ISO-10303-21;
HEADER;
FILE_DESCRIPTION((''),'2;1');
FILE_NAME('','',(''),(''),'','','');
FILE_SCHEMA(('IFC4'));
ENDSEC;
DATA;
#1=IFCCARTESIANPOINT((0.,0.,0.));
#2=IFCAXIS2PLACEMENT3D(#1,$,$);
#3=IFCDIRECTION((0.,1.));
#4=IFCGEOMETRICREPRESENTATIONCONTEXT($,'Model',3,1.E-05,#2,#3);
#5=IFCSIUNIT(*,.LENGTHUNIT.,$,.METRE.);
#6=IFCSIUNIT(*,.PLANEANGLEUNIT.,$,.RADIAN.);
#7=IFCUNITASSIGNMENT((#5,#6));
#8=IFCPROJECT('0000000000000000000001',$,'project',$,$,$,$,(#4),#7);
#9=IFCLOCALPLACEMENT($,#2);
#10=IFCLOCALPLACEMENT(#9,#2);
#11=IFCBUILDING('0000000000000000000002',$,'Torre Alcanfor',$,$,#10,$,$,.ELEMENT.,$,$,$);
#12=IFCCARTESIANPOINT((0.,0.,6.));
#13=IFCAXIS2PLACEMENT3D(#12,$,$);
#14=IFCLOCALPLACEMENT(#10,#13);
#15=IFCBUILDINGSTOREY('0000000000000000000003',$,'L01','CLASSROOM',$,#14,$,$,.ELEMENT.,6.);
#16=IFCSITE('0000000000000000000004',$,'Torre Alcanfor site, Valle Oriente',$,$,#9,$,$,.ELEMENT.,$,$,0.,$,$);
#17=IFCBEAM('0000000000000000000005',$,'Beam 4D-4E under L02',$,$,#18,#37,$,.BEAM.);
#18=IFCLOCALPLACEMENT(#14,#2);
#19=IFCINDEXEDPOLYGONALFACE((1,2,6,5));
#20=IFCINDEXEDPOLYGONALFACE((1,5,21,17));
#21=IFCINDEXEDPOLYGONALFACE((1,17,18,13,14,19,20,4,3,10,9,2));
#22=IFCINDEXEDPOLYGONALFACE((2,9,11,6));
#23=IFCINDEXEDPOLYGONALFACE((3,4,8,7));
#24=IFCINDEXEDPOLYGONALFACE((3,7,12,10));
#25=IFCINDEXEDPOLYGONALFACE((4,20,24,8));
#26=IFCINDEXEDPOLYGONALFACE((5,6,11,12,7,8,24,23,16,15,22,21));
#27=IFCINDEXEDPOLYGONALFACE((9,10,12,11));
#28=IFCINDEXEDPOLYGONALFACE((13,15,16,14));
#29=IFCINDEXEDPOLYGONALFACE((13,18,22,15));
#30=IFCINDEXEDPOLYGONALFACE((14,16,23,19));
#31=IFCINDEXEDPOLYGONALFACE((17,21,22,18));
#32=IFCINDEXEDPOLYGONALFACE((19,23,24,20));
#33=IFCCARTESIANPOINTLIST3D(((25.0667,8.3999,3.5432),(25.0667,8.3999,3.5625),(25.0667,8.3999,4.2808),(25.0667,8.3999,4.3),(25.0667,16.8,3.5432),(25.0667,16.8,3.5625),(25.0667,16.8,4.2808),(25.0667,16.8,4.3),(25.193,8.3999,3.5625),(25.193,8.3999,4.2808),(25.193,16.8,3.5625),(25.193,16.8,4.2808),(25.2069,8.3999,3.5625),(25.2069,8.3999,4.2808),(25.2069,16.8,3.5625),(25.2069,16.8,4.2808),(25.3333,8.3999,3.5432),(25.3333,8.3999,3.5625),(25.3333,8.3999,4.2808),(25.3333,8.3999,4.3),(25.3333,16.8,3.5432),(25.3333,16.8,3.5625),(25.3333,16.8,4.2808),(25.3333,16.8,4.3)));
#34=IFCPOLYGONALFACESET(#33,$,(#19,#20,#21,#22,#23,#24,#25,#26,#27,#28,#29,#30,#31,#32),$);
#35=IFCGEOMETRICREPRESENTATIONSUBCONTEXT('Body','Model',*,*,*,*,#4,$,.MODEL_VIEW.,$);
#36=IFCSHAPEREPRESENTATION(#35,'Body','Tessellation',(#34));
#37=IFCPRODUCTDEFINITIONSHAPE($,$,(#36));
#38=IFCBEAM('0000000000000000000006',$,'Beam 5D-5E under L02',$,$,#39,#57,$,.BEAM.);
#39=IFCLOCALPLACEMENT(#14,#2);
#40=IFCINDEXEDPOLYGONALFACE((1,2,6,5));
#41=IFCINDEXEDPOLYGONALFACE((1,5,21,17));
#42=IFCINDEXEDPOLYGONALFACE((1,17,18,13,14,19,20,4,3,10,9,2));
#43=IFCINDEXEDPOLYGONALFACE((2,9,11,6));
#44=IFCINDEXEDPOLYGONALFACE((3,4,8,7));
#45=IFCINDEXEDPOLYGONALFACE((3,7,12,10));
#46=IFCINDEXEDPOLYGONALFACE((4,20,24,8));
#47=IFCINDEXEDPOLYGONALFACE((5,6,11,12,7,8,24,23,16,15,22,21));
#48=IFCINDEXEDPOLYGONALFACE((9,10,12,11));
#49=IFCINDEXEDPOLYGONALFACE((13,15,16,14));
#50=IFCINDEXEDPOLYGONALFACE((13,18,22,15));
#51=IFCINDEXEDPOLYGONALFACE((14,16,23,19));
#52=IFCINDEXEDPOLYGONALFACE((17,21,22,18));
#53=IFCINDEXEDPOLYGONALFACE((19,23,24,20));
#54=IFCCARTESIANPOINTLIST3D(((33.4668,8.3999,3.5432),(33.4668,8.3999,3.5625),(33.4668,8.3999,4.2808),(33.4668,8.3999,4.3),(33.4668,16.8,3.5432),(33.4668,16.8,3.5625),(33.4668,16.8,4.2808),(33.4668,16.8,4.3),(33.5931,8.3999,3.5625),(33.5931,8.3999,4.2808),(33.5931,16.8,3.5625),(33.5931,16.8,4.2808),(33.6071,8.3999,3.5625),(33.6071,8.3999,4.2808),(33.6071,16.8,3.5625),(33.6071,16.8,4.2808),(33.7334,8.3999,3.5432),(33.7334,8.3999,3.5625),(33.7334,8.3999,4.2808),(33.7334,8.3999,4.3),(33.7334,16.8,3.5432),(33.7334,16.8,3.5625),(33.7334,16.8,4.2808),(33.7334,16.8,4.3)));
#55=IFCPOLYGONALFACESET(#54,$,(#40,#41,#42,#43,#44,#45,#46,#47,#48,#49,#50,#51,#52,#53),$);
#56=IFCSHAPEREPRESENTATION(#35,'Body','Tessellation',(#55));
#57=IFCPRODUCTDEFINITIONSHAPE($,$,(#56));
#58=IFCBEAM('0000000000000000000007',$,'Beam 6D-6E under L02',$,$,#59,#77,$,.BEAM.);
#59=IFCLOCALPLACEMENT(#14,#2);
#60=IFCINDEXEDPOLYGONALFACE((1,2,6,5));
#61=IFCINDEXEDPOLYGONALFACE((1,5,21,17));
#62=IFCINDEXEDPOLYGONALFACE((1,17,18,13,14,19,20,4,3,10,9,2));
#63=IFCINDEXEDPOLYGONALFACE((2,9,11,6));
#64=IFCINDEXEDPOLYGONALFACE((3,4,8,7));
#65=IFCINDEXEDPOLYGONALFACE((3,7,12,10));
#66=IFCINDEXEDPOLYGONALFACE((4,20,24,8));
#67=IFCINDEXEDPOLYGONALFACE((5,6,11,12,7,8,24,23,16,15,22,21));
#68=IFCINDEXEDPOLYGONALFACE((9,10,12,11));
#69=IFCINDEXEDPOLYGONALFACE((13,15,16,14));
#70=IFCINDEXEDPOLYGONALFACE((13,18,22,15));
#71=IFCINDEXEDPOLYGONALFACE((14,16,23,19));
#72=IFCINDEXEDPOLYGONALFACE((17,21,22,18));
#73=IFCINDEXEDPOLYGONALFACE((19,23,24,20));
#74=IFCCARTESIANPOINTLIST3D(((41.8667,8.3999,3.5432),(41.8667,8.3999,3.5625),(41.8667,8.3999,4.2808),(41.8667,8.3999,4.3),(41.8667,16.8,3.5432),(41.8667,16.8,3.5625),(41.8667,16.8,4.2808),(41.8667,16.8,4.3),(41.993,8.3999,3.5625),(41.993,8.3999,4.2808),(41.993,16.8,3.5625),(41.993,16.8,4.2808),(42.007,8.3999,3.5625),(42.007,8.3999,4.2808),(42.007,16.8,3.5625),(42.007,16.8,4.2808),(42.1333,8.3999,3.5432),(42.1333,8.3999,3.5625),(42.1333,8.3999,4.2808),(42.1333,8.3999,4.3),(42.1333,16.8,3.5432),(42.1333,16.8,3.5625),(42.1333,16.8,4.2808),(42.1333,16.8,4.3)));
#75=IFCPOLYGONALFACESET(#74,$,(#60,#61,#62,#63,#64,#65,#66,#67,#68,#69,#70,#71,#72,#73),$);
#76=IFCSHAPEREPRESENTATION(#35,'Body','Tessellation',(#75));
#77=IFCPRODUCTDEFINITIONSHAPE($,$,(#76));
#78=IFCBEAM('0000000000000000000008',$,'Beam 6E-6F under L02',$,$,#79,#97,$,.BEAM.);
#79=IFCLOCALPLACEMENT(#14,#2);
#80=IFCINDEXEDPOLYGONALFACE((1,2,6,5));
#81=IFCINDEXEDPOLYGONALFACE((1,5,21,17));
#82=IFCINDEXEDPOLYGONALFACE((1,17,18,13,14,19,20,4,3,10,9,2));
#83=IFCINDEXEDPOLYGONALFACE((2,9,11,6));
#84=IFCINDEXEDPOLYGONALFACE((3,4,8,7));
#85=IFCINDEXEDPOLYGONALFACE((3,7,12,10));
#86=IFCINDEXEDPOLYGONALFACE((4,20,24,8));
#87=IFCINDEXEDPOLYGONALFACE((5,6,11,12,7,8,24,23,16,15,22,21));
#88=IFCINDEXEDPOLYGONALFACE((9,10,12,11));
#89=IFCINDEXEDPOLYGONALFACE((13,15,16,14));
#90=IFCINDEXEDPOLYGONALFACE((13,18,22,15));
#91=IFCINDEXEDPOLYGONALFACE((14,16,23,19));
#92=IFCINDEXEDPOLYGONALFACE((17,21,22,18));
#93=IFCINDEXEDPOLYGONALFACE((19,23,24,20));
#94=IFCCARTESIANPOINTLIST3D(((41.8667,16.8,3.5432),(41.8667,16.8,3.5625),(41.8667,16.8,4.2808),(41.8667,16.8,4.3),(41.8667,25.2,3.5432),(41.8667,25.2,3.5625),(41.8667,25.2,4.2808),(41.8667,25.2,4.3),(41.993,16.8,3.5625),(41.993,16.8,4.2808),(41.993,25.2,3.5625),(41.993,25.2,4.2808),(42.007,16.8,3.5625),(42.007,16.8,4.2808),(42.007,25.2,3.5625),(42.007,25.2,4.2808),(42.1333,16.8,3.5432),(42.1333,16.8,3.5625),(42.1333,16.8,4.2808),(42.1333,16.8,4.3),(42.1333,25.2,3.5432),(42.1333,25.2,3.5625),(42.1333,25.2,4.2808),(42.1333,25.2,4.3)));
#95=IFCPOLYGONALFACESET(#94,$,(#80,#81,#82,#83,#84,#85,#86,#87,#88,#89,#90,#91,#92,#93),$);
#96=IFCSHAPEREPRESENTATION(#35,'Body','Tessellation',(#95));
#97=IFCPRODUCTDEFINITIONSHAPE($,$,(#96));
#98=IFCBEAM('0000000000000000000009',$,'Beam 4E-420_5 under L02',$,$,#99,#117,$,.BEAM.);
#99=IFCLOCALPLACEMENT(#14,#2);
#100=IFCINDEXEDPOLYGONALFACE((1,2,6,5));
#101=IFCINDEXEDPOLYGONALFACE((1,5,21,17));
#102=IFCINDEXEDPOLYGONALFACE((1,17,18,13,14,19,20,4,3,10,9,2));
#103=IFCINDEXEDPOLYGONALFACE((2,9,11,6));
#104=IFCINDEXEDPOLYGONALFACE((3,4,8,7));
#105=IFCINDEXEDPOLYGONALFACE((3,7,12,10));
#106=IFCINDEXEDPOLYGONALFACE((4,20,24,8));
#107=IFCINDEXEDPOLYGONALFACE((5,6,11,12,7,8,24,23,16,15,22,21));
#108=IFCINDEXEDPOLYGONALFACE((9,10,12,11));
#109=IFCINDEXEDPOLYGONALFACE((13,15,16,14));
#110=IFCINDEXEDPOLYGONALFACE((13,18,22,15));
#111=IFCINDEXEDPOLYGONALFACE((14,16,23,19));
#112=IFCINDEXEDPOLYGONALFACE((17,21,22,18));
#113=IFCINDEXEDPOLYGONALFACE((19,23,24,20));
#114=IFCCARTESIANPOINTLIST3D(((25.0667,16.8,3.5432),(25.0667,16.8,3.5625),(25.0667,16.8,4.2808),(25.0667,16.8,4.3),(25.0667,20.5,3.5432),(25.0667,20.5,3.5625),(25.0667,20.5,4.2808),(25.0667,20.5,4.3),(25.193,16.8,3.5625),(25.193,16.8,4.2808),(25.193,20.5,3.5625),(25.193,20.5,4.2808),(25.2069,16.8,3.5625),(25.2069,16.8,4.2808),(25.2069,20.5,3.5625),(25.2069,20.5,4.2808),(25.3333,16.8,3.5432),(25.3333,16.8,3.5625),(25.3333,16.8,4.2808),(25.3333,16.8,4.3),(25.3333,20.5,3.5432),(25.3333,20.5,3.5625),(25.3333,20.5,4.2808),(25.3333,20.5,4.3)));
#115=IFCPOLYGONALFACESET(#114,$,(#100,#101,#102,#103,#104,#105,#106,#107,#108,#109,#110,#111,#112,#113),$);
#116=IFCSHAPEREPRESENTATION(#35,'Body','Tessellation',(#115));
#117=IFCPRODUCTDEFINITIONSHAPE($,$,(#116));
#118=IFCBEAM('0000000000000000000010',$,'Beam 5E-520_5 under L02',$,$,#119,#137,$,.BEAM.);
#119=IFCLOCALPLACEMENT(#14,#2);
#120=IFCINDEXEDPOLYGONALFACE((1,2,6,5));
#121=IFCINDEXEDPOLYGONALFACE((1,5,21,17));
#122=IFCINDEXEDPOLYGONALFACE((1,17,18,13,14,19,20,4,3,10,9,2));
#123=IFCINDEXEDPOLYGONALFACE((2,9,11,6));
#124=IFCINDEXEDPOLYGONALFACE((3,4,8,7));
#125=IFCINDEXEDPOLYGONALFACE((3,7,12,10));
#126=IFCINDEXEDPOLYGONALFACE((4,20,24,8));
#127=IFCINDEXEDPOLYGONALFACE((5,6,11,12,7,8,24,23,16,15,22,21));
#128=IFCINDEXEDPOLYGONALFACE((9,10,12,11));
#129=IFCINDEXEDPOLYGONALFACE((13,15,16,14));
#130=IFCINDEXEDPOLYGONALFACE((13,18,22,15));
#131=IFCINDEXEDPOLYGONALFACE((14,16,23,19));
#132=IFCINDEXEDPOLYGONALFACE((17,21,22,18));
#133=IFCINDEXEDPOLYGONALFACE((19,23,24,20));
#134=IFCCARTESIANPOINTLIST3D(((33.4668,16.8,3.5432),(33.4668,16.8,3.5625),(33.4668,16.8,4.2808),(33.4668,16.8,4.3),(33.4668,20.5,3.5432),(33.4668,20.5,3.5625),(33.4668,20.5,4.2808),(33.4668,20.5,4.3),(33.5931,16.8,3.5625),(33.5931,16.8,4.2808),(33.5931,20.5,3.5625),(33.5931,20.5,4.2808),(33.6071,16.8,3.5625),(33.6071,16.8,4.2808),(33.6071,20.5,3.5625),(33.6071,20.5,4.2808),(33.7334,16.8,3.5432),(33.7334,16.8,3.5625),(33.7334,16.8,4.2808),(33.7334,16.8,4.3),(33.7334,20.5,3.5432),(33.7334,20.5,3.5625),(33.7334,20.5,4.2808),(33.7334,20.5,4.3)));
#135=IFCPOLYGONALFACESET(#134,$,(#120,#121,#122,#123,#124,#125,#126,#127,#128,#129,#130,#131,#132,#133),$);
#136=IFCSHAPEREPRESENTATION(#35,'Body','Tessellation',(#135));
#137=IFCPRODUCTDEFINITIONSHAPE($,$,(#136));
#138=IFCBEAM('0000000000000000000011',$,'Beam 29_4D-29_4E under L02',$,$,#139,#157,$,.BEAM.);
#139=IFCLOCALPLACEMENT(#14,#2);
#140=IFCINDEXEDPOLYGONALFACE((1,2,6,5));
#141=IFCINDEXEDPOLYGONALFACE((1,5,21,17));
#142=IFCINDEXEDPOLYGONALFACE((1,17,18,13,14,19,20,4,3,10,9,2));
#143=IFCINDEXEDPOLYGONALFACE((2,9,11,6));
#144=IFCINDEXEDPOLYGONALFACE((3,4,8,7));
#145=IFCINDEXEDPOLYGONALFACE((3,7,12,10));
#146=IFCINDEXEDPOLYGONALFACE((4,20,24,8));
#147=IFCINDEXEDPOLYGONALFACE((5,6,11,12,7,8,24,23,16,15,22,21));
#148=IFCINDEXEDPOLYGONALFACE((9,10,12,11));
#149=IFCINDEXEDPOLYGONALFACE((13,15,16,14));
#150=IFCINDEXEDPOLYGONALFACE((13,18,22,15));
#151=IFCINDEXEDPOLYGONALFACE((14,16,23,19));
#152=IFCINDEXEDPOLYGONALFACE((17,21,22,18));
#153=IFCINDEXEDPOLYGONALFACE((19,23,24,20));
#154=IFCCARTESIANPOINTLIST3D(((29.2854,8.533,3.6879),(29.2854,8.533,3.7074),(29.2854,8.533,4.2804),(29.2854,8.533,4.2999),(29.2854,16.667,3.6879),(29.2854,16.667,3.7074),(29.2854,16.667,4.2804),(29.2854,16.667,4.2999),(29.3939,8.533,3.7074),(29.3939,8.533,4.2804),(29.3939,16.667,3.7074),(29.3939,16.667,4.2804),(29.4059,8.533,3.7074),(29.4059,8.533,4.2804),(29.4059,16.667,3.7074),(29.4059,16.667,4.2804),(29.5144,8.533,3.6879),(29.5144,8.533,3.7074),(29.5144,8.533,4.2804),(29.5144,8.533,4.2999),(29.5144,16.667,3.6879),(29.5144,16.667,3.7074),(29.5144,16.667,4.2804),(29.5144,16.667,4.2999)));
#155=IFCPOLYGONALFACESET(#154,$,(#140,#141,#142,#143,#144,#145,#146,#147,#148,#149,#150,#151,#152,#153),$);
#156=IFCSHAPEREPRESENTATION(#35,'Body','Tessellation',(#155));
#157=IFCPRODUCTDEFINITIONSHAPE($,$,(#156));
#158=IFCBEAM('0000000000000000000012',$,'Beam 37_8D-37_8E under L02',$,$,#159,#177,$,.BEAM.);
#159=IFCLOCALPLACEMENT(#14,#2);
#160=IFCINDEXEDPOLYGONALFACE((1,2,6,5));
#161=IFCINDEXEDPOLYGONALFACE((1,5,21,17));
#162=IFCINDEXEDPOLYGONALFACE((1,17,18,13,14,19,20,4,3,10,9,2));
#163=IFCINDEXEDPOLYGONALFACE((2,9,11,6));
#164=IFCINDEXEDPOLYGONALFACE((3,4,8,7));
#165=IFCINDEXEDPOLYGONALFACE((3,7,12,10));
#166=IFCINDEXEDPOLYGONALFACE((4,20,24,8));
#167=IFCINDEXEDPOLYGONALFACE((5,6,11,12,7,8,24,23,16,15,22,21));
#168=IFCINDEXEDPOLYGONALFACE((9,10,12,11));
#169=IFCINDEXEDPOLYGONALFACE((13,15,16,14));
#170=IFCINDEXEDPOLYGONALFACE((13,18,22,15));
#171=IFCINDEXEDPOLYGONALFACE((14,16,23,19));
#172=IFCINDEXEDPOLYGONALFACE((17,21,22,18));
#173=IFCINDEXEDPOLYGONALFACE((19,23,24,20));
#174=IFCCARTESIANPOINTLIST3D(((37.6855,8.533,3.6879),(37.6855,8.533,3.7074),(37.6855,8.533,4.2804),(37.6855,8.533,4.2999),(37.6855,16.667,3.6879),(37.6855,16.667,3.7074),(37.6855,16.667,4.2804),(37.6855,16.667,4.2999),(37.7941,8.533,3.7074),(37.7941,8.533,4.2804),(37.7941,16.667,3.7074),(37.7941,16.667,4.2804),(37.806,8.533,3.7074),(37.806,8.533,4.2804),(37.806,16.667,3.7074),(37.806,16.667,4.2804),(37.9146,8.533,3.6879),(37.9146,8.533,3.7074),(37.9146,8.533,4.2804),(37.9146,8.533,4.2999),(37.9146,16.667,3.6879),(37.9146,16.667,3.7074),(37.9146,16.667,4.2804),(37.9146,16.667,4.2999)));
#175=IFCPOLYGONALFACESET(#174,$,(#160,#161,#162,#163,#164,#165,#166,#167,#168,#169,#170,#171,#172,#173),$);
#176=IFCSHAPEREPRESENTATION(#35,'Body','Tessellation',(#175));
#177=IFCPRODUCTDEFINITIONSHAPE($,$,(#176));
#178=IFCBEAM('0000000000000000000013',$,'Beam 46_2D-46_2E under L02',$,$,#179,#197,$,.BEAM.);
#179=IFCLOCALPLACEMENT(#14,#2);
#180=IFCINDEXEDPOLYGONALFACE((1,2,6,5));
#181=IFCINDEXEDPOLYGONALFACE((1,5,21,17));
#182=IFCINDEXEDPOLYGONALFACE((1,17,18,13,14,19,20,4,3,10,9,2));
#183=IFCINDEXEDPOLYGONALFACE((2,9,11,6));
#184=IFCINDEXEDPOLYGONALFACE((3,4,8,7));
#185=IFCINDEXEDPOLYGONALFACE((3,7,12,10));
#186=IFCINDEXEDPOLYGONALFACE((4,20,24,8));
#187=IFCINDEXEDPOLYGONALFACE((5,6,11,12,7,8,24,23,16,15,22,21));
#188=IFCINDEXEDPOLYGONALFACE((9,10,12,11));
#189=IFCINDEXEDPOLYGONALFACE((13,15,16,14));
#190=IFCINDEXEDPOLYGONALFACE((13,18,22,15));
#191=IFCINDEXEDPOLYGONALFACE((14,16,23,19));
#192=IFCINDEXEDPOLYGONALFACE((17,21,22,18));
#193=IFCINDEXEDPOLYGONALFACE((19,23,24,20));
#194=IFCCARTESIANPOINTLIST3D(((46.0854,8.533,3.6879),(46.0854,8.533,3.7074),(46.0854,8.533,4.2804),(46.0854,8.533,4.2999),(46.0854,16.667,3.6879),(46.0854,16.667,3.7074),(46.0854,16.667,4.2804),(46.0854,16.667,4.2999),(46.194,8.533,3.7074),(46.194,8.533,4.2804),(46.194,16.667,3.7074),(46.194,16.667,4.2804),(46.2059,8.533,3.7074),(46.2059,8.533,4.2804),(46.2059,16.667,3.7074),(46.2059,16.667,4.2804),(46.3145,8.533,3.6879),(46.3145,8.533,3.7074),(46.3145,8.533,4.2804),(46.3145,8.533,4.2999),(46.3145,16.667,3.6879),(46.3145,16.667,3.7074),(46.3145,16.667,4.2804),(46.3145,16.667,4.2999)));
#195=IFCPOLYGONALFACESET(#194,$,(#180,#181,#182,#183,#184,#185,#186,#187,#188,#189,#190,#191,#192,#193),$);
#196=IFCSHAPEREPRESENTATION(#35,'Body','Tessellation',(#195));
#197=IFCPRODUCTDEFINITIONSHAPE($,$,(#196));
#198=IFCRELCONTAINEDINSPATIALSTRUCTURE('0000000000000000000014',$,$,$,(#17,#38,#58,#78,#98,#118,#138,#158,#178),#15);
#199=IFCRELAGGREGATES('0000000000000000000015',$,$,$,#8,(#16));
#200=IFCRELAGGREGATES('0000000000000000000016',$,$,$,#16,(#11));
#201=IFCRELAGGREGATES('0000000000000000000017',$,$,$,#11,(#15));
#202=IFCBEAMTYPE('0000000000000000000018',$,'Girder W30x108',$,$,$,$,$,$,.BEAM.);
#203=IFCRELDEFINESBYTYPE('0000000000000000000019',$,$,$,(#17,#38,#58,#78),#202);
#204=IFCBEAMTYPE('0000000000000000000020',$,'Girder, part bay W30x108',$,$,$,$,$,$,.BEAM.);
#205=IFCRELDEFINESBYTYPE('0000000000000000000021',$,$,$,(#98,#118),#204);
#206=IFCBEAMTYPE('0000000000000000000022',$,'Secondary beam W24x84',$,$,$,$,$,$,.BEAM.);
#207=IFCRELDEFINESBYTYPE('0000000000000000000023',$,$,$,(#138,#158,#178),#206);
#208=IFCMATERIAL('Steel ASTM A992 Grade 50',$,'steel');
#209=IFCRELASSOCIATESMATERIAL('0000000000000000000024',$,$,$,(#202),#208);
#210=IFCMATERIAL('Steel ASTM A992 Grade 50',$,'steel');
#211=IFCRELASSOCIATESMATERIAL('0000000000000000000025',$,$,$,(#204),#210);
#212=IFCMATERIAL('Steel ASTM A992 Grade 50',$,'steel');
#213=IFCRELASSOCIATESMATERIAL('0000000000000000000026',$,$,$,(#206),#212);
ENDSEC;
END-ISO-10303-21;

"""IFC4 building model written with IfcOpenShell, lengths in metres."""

from ifc_helpers import new_model, si_unit, direction, frame, origin, origin_2d, place, context, subcontext, project, spatial, i_section, extrude, material, material_profile, profile_set, type_object, element, save


model = new_model("IFC4")

# Units and contexts
model_context = context("Model", 3, precision=1e-05, world=origin(), true_north=direction((0.0, 1.0)))
body_context = subcontext(model_context, "Body", "Model", "MODEL_VIEW")
ifc_project = project(units=[si_unit("LENGTHUNIT", "METRE"), si_unit("PLANEANGLEUNIT", "RADIAN")], contexts=[model_context])

# Site, building, storey
site_placement = place(None, origin())
site = spatial("IfcSite", under=ifc_project, at=site_placement, Name="Torre Alcanfor site, Valle Oriente", CompositionType="ELEMENT", RefElevation=0.0)
building_placement = place(site_placement, origin())
building = spatial("IfcBuilding", under=site, at=building_placement, Name="Torre Alcanfor", CompositionType="ELEMENT")
storey_placement = place(building_placement, frame((0.0, 0.0, 6.0)))
storey = spatial("IfcBuildingStorey", under=building, at=storey_placement, Name="L01", Description="CLASSROOM", CompositionType="ELEMENT", Elevation=6.0)

# Beams
ifc_material_1 = material(Name="Steel ASTM A992 Grade 50", Category="steel")
ifc_material_profile_1 = material_profile(ifc_material_1, i_section(OverallWidth=0.2666, OverallDepth=0.7568, WebThickness=0.0139, FlangeThickness=0.0193, at=origin_2d()), Name="W30x108")
ifc_profile_set_1 = profile_set([ifc_material_profile_1], Name="Steel ASTM A992 Grade 50")
beam_type_1 = type_object("IfcBeamType", Name="Girder W30x108", PredefinedType="BEAM", material=ifc_profile_set_1)
for number, where, z_axis, x_axis, name in (
    (1, (25.2, 8.3999, 3.9216), (0.0, 1.0, 0.0), (-1.0, 0.0, 0.0), "Beam 4D-4E under L02"),
    (2, (33.6001, 8.3999, 3.9216), (0.0, 1.0, 0.0), (-1.0, 0.0, 0.0), "Beam 5D-5E under L02"),
    (3, (42.0, 8.3999, 3.9216), (0.0, 1.0, 0.0), (-1.0, 0.0, 0.0), "Beam 6D-6E under L02"),
):
    element("IfcBeam", number, at=place(storey_placement, frame(where, z_axis=z_axis, x_axis=x_axis)), inside=storey, type_object=beam_type_1, Name=name, PredefinedType="BEAM", context=body_context, shape_type="SweptSolid", body=[
        extrude(i_section(OverallWidth=0.2666, OverallDepth=0.7568, WebThickness=0.0139, FlangeThickness=0.0193, at=origin_2d()), origin(), (0.0, 0.0, 1.0), 8.4001),
    ])
beam_1_placement = place(storey_placement, frame((42.0, 16.8, 3.9216), z_axis=(0.0, 1.0, 0.0), x_axis=(-1.0, 0.0, 0.0)))
element("IfcBeam", 4, at=beam_1_placement, inside=storey, type_object=beam_type_1, Name="Beam 6E-6F under L02", PredefinedType="BEAM", context=body_context, shape_type="SweptSolid", body=[
    extrude(i_section(OverallWidth=0.2666, OverallDepth=0.7568, WebThickness=0.0139, FlangeThickness=0.0193, at=origin_2d()), origin(), (0.0, 0.0, 1.0), 8.3999),
])
ifc_material_2 = material(Name="Steel ASTM A992 Grade 50", Category="steel")
ifc_material_profile_2 = material_profile(ifc_material_2, i_section(OverallWidth=0.2666, OverallDepth=0.7568, WebThickness=0.0139, FlangeThickness=0.0193, at=origin_2d()), Name="W30x108")
ifc_profile_set_2 = profile_set([ifc_material_profile_2], Name="Steel ASTM A992 Grade 50")
beam_type_2 = type_object("IfcBeamType", Name="Girder, part bay W30x108", PredefinedType="BEAM", material=ifc_profile_set_2)
for number, where, z_axis, x_axis, name in (
    (5, (25.2, 16.8, 3.9216), (0.0, 1.0, 0.0), (-1.0, 0.0, 0.0), "Beam 4E-420_5 under L02"),
    (6, (33.6001, 16.8, 3.9216), (0.0, 1.0, 0.0), (-1.0, 0.0, 0.0), "Beam 5E-520_5 under L02"),
):
    element("IfcBeam", number, at=place(storey_placement, frame(where, z_axis=z_axis, x_axis=x_axis)), inside=storey, type_object=beam_type_2, Name=name, PredefinedType="BEAM", context=body_context, shape_type="SweptSolid", body=[
        extrude(i_section(OverallWidth=0.2666, OverallDepth=0.7568, WebThickness=0.0139, FlangeThickness=0.0193, at=origin_2d()), origin(), (0.0, 0.0, 1.0), 3.7),
    ])
ifc_material_3 = material(Name="Steel ASTM A992 Grade 50", Category="steel")
ifc_material_profile_3 = material_profile(ifc_material_3, i_section(OverallWidth=0.229, OverallDepth=0.6121, WebThickness=0.012, FlangeThickness=0.0195, at=origin_2d()), Name="W24x84")
ifc_profile_set_3 = profile_set([ifc_material_profile_3], Name="Steel ASTM A992 Grade 50")
beam_type_3 = type_object("IfcBeamType", Name="Secondary beam W24x84", PredefinedType="BEAM", material=ifc_profile_set_3)
for number, where, z_axis, x_axis, name in (
    (7, (29.3999, 8.533, 3.9939), (0.0, 1.0, 0.0), (-1.0, 0.0, 0.0), "Beam 29_4D-29_4E under L02"),
    (8, (37.8, 8.533, 3.9939), (0.0, 1.0, 0.0), (-1.0, 0.0, 0.0), "Beam 37_8D-37_8E under L02"),
    (9, (46.2, 8.533, 3.9939), (0.0, 1.0, 0.0), (-1.0, 0.0, 0.0), "Beam 46_2D-46_2E under L02"),
):
    element("IfcBeam", number, at=place(storey_placement, frame(where, z_axis=z_axis, x_axis=x_axis)), inside=storey, type_object=beam_type_3, Name=name, PredefinedType="BEAM", context=body_context, shape_type="SweptSolid", body=[
        extrude(i_section(OverallWidth=0.229, OverallDepth=0.6121, WebThickness=0.012, FlangeThickness=0.0195, at=origin_2d()), origin(), (0.0, 0.0, 1.0), 8.134),
    ])

save(model, "model.ifc")
